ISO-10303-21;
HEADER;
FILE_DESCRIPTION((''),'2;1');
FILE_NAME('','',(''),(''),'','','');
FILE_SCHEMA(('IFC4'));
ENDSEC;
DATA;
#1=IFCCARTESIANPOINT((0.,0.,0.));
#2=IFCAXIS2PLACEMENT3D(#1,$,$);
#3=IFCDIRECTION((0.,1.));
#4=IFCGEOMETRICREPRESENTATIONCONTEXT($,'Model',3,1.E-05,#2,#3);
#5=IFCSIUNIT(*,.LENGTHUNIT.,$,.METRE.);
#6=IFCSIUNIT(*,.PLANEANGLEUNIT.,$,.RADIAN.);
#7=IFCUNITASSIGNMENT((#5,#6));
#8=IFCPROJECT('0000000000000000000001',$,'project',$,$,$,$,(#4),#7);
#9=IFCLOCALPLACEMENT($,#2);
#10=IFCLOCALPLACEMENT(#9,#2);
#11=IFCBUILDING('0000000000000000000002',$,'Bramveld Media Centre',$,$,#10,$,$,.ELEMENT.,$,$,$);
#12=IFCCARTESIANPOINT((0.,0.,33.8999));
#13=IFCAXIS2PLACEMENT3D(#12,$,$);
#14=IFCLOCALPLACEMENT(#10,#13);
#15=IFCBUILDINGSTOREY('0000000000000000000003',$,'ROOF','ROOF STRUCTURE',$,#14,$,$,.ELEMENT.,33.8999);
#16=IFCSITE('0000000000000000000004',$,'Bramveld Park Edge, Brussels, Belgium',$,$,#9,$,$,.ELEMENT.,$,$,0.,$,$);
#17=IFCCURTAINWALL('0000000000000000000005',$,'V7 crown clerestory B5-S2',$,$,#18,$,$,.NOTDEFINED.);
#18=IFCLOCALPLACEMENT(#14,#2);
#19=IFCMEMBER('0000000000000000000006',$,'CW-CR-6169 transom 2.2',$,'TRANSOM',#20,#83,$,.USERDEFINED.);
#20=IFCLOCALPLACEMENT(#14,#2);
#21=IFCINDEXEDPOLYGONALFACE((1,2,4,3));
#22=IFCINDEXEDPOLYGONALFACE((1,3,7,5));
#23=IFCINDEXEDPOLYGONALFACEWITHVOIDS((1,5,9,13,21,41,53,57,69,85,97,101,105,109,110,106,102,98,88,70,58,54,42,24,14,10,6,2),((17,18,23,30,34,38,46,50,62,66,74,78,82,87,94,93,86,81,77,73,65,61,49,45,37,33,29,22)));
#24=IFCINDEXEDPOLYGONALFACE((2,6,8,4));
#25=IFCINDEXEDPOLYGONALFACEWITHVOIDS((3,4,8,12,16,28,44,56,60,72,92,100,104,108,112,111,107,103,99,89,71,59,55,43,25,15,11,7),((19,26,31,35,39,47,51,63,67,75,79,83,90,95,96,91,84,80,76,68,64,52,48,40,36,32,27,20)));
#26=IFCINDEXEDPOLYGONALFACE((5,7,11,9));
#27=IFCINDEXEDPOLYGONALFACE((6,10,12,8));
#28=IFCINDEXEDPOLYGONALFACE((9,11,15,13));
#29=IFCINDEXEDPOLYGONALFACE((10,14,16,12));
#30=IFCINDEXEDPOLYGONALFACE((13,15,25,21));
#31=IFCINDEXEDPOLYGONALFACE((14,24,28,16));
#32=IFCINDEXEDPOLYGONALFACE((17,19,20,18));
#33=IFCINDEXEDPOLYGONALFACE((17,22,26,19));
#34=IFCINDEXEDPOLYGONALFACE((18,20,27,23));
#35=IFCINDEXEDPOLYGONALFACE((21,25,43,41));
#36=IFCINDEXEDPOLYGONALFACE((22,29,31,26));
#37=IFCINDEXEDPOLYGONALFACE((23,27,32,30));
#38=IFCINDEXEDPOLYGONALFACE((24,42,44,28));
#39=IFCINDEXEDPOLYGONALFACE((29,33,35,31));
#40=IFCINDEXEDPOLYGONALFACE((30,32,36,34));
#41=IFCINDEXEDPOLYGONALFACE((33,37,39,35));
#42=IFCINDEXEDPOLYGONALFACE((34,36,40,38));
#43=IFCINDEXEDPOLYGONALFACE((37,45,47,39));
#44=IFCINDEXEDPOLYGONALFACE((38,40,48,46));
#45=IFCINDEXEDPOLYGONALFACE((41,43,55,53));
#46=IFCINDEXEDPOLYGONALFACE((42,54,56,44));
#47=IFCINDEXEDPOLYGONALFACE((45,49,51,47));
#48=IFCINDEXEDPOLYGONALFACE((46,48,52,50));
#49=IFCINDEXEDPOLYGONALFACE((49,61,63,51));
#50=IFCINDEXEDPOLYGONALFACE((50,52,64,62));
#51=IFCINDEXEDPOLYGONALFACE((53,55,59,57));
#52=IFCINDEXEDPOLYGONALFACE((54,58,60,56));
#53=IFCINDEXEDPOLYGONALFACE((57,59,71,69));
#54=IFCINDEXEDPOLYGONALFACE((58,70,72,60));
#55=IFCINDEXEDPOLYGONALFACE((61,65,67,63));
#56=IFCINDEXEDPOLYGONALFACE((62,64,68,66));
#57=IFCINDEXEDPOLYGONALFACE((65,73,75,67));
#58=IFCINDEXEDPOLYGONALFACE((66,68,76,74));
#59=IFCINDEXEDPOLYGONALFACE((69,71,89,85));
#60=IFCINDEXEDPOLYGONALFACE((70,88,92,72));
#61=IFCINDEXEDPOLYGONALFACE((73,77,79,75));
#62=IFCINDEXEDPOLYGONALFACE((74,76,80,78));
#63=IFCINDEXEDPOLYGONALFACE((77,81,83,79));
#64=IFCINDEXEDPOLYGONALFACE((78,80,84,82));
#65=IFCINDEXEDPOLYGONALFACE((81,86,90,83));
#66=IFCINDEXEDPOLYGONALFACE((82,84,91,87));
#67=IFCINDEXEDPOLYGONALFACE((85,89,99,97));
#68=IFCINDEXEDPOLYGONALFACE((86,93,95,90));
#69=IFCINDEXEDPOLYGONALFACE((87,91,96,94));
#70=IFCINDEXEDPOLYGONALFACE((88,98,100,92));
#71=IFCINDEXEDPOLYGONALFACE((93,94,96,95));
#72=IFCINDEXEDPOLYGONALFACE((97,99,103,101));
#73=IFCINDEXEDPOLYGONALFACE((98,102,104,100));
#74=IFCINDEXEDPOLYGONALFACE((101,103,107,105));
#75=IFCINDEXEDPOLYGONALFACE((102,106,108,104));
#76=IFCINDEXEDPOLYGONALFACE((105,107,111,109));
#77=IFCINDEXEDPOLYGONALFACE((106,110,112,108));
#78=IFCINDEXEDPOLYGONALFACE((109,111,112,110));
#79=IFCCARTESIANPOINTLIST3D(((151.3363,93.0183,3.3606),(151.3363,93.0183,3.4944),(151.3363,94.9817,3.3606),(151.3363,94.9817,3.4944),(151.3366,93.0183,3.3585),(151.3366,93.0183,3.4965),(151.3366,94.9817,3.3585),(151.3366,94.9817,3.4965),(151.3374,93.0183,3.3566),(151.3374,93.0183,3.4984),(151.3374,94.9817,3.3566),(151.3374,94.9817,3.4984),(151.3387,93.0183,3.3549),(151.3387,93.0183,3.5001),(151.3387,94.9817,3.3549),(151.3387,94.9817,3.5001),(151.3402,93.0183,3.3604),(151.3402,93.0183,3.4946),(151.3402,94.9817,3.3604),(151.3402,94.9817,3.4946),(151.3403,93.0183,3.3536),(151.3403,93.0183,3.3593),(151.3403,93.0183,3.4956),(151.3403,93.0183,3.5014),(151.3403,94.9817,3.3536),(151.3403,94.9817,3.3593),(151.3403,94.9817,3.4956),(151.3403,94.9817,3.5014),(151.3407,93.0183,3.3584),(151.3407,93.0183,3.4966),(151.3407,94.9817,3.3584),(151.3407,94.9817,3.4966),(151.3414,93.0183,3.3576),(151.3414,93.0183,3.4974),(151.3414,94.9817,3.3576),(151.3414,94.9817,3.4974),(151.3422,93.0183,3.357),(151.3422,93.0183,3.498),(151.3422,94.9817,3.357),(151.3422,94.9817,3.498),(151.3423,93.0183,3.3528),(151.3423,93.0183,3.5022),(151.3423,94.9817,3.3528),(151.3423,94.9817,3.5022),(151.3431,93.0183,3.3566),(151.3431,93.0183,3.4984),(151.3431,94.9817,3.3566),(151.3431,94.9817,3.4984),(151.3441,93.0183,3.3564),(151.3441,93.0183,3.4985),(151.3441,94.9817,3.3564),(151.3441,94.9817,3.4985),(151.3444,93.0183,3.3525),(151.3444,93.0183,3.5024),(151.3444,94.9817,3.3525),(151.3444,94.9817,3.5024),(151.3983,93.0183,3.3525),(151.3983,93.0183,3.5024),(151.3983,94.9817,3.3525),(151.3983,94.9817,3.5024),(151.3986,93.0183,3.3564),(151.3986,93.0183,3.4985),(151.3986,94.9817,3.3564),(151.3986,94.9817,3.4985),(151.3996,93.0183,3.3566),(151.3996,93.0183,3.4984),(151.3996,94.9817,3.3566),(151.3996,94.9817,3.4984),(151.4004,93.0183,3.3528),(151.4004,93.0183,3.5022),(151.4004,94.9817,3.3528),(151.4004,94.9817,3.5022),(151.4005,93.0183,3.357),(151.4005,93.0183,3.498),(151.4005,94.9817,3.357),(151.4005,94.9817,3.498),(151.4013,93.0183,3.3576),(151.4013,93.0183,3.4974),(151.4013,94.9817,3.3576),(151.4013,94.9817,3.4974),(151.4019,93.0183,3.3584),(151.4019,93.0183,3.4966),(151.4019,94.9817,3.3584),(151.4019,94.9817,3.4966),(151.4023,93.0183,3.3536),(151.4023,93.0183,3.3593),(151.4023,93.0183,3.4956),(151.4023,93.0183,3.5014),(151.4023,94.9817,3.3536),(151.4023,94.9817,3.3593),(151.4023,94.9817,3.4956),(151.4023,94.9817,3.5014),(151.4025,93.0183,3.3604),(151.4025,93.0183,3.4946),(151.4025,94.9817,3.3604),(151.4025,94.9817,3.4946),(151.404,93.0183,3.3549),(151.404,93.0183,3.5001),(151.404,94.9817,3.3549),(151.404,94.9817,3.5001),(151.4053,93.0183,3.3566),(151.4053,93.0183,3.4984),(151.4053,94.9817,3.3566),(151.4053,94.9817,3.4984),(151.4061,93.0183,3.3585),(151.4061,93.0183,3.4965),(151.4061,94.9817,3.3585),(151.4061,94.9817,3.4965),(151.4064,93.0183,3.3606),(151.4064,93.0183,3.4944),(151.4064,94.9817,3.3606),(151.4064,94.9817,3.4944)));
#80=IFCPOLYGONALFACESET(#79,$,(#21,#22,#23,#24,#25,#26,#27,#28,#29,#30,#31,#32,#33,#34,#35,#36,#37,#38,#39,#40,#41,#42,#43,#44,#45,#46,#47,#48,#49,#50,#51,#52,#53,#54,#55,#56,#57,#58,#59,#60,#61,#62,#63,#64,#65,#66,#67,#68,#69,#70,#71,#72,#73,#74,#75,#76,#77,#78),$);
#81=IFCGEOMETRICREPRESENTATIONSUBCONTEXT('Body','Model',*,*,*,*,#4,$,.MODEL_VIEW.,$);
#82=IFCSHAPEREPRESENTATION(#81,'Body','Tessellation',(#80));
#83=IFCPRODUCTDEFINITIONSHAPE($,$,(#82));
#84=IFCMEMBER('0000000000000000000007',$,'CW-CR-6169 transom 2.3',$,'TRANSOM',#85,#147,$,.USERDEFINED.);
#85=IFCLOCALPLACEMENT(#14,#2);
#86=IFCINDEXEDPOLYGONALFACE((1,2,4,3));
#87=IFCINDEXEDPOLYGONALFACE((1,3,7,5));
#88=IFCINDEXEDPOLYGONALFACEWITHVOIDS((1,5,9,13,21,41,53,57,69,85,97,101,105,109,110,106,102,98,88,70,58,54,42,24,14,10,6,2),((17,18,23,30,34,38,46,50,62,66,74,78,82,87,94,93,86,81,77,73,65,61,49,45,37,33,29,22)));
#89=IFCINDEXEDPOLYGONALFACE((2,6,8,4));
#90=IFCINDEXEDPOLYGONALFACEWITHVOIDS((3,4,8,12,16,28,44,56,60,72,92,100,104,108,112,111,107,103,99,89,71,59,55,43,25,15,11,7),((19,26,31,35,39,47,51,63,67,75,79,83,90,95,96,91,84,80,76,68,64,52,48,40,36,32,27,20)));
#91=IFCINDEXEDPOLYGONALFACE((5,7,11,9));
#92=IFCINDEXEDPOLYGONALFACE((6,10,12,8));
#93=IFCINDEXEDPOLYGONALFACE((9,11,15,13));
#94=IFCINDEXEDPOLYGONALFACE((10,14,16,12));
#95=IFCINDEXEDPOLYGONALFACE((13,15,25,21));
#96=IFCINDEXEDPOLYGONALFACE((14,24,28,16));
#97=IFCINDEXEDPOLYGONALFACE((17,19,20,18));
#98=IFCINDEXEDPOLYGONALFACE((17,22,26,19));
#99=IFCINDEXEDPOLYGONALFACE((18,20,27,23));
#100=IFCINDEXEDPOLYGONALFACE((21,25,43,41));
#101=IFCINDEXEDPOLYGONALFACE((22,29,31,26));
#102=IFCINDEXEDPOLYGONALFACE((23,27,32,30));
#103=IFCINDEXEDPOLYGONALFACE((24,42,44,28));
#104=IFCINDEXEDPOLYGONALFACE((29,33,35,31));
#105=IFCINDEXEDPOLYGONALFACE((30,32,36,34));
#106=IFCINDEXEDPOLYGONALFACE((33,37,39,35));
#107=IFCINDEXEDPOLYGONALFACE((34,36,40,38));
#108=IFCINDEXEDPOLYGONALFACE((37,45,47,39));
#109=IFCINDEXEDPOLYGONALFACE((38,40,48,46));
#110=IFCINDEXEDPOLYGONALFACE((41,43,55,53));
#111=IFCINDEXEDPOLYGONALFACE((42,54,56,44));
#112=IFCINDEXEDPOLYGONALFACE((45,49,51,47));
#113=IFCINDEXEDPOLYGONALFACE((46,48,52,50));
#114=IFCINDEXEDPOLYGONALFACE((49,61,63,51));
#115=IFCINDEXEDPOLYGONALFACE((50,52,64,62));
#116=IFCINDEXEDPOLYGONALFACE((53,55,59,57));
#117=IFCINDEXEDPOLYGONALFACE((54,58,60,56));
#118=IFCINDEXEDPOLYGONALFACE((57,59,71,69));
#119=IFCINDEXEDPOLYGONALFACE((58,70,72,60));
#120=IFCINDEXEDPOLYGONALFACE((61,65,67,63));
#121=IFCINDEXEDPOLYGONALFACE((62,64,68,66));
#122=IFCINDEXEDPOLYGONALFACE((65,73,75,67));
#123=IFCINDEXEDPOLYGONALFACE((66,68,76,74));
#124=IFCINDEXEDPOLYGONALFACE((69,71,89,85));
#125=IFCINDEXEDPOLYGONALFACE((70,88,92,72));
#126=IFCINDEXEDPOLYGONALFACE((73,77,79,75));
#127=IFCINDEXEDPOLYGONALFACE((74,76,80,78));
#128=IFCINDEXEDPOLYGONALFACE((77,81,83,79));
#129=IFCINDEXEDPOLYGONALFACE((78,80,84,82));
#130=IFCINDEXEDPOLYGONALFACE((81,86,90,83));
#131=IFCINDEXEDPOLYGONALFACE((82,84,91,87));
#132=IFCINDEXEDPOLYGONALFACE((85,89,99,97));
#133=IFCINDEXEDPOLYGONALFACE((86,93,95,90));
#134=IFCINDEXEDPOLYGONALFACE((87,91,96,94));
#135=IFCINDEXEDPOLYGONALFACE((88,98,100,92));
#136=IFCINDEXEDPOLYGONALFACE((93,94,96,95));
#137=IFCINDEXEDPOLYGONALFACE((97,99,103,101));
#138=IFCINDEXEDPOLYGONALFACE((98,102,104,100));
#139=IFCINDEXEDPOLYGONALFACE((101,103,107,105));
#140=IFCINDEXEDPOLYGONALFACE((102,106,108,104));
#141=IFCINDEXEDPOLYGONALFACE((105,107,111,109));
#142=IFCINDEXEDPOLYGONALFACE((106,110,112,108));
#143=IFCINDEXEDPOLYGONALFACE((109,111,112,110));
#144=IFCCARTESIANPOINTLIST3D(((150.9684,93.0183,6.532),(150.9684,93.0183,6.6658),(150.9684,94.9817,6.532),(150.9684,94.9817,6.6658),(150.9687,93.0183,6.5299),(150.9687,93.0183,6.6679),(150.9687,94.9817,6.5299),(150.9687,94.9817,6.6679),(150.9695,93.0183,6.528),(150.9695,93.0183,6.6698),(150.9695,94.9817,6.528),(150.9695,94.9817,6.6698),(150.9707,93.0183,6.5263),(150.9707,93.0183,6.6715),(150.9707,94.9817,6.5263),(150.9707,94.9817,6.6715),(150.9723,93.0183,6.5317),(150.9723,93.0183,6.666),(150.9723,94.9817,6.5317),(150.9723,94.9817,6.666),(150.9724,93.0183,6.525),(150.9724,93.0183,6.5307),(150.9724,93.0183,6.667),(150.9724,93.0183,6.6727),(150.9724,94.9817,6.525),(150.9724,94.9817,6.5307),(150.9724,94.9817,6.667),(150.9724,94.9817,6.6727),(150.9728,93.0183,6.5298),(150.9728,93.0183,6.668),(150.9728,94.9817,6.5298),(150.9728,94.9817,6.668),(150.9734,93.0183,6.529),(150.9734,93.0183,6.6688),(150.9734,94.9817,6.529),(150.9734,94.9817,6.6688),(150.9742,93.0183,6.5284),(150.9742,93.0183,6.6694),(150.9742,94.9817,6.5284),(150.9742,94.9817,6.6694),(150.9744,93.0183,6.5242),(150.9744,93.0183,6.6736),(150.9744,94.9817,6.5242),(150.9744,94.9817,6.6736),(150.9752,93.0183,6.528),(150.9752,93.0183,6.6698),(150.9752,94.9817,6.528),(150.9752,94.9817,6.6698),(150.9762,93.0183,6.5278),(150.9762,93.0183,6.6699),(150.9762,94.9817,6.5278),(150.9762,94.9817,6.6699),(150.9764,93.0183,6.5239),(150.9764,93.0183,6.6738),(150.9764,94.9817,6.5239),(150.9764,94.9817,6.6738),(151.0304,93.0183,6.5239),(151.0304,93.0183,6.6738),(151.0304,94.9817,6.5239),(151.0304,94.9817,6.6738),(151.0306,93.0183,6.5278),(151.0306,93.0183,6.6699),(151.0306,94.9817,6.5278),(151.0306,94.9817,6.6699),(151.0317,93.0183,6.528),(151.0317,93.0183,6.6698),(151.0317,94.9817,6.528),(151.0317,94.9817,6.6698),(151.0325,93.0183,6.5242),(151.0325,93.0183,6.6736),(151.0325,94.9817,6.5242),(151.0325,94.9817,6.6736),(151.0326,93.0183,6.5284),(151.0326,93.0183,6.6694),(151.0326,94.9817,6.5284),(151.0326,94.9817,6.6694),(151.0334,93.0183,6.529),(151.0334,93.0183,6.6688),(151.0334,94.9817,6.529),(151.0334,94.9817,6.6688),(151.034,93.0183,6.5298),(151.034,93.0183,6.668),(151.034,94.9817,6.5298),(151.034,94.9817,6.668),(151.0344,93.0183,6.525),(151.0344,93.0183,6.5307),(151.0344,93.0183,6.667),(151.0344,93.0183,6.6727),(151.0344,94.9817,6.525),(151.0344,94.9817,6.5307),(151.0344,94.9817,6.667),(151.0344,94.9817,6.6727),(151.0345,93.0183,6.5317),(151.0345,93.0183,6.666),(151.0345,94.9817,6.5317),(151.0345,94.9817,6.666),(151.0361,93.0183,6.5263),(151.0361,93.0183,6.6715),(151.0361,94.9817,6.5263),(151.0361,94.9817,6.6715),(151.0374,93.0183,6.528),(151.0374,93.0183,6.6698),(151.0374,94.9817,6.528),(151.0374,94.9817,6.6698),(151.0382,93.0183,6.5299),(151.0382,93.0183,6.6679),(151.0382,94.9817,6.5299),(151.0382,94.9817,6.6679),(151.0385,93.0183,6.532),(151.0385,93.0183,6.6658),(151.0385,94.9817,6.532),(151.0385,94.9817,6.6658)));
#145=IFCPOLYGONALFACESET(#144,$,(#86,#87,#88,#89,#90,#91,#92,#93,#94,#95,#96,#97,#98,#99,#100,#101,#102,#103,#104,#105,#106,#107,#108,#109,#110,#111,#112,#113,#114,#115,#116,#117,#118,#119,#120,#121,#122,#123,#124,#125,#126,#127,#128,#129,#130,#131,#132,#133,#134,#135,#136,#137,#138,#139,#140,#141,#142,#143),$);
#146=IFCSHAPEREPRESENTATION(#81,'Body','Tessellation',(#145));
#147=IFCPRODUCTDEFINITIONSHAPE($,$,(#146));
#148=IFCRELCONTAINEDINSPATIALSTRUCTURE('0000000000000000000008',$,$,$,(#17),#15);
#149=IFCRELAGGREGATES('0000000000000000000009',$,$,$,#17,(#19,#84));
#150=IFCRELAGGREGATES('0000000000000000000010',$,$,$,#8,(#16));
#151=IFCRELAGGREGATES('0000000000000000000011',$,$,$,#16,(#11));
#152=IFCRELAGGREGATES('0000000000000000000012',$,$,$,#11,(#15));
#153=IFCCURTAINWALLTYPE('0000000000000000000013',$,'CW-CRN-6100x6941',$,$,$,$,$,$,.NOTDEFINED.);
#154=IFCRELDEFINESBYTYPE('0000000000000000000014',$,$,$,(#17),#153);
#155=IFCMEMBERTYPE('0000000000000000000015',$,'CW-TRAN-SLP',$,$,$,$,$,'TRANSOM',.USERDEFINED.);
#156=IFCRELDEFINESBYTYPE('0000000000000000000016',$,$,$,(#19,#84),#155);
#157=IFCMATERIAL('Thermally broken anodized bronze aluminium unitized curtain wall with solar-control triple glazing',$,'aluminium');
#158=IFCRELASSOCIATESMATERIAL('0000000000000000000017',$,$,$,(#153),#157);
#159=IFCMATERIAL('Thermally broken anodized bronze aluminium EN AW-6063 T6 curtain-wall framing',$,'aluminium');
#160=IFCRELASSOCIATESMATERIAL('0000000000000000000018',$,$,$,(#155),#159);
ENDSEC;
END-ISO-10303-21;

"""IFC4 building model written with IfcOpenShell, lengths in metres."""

from ifc_helpers import new_model, si_unit, direction, frame, origin, origin_2d, place, context, subcontext, project, spatial, hollow_rectangle, extrude, material, material_profile, profile_set, type_object, element, aggregate, save


model = new_model("IFC4")

# Units and contexts
model_context = context("Model", 3, precision=1e-05, world=origin(), true_north=direction((0.0, 1.0)))
body_context = subcontext(model_context, "Body", "Model", "MODEL_VIEW")
ifc_project = project(units=[si_unit("LENGTHUNIT", "METRE"), si_unit("PLANEANGLEUNIT", "RADIAN")], contexts=[model_context])

# Site, building, storey
site_placement = place(None, origin())
site = spatial("IfcSite", under=ifc_project, at=site_placement, Name="Bramveld Park Edge, Brussels, Belgium", CompositionType="ELEMENT", RefElevation=0.0)
building_placement = place(site_placement, origin())
building = spatial("IfcBuilding", under=site, at=building_placement, Name="Bramveld Media Centre", CompositionType="ELEMENT")
storey_placement = place(building_placement, frame((0.0, 0.0, 33.8999)))
storey = spatial("IfcBuildingStorey", under=building, at=storey_placement, Name="ROOF", Description="ROOF STRUCTURE", CompositionType="ELEMENT", Elevation=33.8999)

# Curtain wall
ifc_material_1 = material(Name="Thermally broken anodized bronze aluminium unitized curtain wall with solar-control triple glazing", Category="aluminium")
curtain_wall_type = type_object("IfcCurtainWallType", Name="CW-CRN-6100x6941", PredefinedType="NOTDEFINED", material=ifc_material_1)
curtain_wall_1_placement = place(storey_placement, origin())
curtain_wall_1 = element("IfcCurtainWall", 1, at=curtain_wall_1_placement, inside=storey, type_object=curtain_wall_type, Name="V7 crown clerestory B5-S2", PredefinedType="NOTDEFINED")

# Members
ifc_material_2 = material(Name="Thermally broken anodized bronze aluminium EN AW-6063 T6 curtain-wall framing", Category="aluminium")
ifc_material_profile_1 = material_profile(ifc_material_2, hollow_rectangle(XDim=0.0701, YDim=0.1499, WallThickness=0.0039, InnerFilletRadius=0.0039, OuterFilletRadius=0.0081, at=origin_2d()), Name="AL-TRAN 70x150")
ifc_profile_set_1 = profile_set([ifc_material_profile_1], Name="Thermally broken anodized bronze aluminium EN AW-6063 T6 curtain-wall framing")
member_type_1 = type_object("IfcMemberType", Name="CW-TRAN-SLP", ElementType="TRANSOM", PredefinedType="USERDEFINED", material=ifc_profile_set_1)
member_1_placement = place(storey_placement, frame((151.3713, 93.0183, 3.4275), z_axis=(0.0, 1.0, 0.0), x_axis=(-1.0, 0.0, 0.0)))
member_1 = element("IfcMember", 2, at=member_1_placement, type_object=member_type_1, Name="CW-CR-6169 transom 2.2", ObjectType="TRANSOM", PredefinedType="USERDEFINED", context=body_context, shape_type="SweptSolid", body=[
    extrude(hollow_rectangle(XDim=0.0701, YDim=0.1499, WallThickness=0.0039, InnerFilletRadius=0.0039, OuterFilletRadius=0.0081, at=origin_2d()), origin(), (0.0, 0.0, 1.0), 1.9634),
])
member_2_placement = place(storey_placement, frame((151.0034, 93.0183, 6.5989), z_axis=(0.0, 1.0, 0.0), x_axis=(-1.0, 0.0, 0.0)))
member_2 = element("IfcMember", 3, at=member_2_placement, type_object=member_type_1, Name="CW-CR-6169 transom 2.3", ObjectType="TRANSOM", PredefinedType="USERDEFINED", context=body_context, shape_type="SweptSolid", body=[
    extrude(hollow_rectangle(XDim=0.0701, YDim=0.1499, WallThickness=0.0039, InnerFilletRadius=0.0039, OuterFilletRadius=0.0081, at=origin_2d()), origin(), (0.0, 0.0, 1.0), 1.9634),
])

aggregate(curtain_wall_1, [member_1, member_2])

save(model, "model.ifc")
